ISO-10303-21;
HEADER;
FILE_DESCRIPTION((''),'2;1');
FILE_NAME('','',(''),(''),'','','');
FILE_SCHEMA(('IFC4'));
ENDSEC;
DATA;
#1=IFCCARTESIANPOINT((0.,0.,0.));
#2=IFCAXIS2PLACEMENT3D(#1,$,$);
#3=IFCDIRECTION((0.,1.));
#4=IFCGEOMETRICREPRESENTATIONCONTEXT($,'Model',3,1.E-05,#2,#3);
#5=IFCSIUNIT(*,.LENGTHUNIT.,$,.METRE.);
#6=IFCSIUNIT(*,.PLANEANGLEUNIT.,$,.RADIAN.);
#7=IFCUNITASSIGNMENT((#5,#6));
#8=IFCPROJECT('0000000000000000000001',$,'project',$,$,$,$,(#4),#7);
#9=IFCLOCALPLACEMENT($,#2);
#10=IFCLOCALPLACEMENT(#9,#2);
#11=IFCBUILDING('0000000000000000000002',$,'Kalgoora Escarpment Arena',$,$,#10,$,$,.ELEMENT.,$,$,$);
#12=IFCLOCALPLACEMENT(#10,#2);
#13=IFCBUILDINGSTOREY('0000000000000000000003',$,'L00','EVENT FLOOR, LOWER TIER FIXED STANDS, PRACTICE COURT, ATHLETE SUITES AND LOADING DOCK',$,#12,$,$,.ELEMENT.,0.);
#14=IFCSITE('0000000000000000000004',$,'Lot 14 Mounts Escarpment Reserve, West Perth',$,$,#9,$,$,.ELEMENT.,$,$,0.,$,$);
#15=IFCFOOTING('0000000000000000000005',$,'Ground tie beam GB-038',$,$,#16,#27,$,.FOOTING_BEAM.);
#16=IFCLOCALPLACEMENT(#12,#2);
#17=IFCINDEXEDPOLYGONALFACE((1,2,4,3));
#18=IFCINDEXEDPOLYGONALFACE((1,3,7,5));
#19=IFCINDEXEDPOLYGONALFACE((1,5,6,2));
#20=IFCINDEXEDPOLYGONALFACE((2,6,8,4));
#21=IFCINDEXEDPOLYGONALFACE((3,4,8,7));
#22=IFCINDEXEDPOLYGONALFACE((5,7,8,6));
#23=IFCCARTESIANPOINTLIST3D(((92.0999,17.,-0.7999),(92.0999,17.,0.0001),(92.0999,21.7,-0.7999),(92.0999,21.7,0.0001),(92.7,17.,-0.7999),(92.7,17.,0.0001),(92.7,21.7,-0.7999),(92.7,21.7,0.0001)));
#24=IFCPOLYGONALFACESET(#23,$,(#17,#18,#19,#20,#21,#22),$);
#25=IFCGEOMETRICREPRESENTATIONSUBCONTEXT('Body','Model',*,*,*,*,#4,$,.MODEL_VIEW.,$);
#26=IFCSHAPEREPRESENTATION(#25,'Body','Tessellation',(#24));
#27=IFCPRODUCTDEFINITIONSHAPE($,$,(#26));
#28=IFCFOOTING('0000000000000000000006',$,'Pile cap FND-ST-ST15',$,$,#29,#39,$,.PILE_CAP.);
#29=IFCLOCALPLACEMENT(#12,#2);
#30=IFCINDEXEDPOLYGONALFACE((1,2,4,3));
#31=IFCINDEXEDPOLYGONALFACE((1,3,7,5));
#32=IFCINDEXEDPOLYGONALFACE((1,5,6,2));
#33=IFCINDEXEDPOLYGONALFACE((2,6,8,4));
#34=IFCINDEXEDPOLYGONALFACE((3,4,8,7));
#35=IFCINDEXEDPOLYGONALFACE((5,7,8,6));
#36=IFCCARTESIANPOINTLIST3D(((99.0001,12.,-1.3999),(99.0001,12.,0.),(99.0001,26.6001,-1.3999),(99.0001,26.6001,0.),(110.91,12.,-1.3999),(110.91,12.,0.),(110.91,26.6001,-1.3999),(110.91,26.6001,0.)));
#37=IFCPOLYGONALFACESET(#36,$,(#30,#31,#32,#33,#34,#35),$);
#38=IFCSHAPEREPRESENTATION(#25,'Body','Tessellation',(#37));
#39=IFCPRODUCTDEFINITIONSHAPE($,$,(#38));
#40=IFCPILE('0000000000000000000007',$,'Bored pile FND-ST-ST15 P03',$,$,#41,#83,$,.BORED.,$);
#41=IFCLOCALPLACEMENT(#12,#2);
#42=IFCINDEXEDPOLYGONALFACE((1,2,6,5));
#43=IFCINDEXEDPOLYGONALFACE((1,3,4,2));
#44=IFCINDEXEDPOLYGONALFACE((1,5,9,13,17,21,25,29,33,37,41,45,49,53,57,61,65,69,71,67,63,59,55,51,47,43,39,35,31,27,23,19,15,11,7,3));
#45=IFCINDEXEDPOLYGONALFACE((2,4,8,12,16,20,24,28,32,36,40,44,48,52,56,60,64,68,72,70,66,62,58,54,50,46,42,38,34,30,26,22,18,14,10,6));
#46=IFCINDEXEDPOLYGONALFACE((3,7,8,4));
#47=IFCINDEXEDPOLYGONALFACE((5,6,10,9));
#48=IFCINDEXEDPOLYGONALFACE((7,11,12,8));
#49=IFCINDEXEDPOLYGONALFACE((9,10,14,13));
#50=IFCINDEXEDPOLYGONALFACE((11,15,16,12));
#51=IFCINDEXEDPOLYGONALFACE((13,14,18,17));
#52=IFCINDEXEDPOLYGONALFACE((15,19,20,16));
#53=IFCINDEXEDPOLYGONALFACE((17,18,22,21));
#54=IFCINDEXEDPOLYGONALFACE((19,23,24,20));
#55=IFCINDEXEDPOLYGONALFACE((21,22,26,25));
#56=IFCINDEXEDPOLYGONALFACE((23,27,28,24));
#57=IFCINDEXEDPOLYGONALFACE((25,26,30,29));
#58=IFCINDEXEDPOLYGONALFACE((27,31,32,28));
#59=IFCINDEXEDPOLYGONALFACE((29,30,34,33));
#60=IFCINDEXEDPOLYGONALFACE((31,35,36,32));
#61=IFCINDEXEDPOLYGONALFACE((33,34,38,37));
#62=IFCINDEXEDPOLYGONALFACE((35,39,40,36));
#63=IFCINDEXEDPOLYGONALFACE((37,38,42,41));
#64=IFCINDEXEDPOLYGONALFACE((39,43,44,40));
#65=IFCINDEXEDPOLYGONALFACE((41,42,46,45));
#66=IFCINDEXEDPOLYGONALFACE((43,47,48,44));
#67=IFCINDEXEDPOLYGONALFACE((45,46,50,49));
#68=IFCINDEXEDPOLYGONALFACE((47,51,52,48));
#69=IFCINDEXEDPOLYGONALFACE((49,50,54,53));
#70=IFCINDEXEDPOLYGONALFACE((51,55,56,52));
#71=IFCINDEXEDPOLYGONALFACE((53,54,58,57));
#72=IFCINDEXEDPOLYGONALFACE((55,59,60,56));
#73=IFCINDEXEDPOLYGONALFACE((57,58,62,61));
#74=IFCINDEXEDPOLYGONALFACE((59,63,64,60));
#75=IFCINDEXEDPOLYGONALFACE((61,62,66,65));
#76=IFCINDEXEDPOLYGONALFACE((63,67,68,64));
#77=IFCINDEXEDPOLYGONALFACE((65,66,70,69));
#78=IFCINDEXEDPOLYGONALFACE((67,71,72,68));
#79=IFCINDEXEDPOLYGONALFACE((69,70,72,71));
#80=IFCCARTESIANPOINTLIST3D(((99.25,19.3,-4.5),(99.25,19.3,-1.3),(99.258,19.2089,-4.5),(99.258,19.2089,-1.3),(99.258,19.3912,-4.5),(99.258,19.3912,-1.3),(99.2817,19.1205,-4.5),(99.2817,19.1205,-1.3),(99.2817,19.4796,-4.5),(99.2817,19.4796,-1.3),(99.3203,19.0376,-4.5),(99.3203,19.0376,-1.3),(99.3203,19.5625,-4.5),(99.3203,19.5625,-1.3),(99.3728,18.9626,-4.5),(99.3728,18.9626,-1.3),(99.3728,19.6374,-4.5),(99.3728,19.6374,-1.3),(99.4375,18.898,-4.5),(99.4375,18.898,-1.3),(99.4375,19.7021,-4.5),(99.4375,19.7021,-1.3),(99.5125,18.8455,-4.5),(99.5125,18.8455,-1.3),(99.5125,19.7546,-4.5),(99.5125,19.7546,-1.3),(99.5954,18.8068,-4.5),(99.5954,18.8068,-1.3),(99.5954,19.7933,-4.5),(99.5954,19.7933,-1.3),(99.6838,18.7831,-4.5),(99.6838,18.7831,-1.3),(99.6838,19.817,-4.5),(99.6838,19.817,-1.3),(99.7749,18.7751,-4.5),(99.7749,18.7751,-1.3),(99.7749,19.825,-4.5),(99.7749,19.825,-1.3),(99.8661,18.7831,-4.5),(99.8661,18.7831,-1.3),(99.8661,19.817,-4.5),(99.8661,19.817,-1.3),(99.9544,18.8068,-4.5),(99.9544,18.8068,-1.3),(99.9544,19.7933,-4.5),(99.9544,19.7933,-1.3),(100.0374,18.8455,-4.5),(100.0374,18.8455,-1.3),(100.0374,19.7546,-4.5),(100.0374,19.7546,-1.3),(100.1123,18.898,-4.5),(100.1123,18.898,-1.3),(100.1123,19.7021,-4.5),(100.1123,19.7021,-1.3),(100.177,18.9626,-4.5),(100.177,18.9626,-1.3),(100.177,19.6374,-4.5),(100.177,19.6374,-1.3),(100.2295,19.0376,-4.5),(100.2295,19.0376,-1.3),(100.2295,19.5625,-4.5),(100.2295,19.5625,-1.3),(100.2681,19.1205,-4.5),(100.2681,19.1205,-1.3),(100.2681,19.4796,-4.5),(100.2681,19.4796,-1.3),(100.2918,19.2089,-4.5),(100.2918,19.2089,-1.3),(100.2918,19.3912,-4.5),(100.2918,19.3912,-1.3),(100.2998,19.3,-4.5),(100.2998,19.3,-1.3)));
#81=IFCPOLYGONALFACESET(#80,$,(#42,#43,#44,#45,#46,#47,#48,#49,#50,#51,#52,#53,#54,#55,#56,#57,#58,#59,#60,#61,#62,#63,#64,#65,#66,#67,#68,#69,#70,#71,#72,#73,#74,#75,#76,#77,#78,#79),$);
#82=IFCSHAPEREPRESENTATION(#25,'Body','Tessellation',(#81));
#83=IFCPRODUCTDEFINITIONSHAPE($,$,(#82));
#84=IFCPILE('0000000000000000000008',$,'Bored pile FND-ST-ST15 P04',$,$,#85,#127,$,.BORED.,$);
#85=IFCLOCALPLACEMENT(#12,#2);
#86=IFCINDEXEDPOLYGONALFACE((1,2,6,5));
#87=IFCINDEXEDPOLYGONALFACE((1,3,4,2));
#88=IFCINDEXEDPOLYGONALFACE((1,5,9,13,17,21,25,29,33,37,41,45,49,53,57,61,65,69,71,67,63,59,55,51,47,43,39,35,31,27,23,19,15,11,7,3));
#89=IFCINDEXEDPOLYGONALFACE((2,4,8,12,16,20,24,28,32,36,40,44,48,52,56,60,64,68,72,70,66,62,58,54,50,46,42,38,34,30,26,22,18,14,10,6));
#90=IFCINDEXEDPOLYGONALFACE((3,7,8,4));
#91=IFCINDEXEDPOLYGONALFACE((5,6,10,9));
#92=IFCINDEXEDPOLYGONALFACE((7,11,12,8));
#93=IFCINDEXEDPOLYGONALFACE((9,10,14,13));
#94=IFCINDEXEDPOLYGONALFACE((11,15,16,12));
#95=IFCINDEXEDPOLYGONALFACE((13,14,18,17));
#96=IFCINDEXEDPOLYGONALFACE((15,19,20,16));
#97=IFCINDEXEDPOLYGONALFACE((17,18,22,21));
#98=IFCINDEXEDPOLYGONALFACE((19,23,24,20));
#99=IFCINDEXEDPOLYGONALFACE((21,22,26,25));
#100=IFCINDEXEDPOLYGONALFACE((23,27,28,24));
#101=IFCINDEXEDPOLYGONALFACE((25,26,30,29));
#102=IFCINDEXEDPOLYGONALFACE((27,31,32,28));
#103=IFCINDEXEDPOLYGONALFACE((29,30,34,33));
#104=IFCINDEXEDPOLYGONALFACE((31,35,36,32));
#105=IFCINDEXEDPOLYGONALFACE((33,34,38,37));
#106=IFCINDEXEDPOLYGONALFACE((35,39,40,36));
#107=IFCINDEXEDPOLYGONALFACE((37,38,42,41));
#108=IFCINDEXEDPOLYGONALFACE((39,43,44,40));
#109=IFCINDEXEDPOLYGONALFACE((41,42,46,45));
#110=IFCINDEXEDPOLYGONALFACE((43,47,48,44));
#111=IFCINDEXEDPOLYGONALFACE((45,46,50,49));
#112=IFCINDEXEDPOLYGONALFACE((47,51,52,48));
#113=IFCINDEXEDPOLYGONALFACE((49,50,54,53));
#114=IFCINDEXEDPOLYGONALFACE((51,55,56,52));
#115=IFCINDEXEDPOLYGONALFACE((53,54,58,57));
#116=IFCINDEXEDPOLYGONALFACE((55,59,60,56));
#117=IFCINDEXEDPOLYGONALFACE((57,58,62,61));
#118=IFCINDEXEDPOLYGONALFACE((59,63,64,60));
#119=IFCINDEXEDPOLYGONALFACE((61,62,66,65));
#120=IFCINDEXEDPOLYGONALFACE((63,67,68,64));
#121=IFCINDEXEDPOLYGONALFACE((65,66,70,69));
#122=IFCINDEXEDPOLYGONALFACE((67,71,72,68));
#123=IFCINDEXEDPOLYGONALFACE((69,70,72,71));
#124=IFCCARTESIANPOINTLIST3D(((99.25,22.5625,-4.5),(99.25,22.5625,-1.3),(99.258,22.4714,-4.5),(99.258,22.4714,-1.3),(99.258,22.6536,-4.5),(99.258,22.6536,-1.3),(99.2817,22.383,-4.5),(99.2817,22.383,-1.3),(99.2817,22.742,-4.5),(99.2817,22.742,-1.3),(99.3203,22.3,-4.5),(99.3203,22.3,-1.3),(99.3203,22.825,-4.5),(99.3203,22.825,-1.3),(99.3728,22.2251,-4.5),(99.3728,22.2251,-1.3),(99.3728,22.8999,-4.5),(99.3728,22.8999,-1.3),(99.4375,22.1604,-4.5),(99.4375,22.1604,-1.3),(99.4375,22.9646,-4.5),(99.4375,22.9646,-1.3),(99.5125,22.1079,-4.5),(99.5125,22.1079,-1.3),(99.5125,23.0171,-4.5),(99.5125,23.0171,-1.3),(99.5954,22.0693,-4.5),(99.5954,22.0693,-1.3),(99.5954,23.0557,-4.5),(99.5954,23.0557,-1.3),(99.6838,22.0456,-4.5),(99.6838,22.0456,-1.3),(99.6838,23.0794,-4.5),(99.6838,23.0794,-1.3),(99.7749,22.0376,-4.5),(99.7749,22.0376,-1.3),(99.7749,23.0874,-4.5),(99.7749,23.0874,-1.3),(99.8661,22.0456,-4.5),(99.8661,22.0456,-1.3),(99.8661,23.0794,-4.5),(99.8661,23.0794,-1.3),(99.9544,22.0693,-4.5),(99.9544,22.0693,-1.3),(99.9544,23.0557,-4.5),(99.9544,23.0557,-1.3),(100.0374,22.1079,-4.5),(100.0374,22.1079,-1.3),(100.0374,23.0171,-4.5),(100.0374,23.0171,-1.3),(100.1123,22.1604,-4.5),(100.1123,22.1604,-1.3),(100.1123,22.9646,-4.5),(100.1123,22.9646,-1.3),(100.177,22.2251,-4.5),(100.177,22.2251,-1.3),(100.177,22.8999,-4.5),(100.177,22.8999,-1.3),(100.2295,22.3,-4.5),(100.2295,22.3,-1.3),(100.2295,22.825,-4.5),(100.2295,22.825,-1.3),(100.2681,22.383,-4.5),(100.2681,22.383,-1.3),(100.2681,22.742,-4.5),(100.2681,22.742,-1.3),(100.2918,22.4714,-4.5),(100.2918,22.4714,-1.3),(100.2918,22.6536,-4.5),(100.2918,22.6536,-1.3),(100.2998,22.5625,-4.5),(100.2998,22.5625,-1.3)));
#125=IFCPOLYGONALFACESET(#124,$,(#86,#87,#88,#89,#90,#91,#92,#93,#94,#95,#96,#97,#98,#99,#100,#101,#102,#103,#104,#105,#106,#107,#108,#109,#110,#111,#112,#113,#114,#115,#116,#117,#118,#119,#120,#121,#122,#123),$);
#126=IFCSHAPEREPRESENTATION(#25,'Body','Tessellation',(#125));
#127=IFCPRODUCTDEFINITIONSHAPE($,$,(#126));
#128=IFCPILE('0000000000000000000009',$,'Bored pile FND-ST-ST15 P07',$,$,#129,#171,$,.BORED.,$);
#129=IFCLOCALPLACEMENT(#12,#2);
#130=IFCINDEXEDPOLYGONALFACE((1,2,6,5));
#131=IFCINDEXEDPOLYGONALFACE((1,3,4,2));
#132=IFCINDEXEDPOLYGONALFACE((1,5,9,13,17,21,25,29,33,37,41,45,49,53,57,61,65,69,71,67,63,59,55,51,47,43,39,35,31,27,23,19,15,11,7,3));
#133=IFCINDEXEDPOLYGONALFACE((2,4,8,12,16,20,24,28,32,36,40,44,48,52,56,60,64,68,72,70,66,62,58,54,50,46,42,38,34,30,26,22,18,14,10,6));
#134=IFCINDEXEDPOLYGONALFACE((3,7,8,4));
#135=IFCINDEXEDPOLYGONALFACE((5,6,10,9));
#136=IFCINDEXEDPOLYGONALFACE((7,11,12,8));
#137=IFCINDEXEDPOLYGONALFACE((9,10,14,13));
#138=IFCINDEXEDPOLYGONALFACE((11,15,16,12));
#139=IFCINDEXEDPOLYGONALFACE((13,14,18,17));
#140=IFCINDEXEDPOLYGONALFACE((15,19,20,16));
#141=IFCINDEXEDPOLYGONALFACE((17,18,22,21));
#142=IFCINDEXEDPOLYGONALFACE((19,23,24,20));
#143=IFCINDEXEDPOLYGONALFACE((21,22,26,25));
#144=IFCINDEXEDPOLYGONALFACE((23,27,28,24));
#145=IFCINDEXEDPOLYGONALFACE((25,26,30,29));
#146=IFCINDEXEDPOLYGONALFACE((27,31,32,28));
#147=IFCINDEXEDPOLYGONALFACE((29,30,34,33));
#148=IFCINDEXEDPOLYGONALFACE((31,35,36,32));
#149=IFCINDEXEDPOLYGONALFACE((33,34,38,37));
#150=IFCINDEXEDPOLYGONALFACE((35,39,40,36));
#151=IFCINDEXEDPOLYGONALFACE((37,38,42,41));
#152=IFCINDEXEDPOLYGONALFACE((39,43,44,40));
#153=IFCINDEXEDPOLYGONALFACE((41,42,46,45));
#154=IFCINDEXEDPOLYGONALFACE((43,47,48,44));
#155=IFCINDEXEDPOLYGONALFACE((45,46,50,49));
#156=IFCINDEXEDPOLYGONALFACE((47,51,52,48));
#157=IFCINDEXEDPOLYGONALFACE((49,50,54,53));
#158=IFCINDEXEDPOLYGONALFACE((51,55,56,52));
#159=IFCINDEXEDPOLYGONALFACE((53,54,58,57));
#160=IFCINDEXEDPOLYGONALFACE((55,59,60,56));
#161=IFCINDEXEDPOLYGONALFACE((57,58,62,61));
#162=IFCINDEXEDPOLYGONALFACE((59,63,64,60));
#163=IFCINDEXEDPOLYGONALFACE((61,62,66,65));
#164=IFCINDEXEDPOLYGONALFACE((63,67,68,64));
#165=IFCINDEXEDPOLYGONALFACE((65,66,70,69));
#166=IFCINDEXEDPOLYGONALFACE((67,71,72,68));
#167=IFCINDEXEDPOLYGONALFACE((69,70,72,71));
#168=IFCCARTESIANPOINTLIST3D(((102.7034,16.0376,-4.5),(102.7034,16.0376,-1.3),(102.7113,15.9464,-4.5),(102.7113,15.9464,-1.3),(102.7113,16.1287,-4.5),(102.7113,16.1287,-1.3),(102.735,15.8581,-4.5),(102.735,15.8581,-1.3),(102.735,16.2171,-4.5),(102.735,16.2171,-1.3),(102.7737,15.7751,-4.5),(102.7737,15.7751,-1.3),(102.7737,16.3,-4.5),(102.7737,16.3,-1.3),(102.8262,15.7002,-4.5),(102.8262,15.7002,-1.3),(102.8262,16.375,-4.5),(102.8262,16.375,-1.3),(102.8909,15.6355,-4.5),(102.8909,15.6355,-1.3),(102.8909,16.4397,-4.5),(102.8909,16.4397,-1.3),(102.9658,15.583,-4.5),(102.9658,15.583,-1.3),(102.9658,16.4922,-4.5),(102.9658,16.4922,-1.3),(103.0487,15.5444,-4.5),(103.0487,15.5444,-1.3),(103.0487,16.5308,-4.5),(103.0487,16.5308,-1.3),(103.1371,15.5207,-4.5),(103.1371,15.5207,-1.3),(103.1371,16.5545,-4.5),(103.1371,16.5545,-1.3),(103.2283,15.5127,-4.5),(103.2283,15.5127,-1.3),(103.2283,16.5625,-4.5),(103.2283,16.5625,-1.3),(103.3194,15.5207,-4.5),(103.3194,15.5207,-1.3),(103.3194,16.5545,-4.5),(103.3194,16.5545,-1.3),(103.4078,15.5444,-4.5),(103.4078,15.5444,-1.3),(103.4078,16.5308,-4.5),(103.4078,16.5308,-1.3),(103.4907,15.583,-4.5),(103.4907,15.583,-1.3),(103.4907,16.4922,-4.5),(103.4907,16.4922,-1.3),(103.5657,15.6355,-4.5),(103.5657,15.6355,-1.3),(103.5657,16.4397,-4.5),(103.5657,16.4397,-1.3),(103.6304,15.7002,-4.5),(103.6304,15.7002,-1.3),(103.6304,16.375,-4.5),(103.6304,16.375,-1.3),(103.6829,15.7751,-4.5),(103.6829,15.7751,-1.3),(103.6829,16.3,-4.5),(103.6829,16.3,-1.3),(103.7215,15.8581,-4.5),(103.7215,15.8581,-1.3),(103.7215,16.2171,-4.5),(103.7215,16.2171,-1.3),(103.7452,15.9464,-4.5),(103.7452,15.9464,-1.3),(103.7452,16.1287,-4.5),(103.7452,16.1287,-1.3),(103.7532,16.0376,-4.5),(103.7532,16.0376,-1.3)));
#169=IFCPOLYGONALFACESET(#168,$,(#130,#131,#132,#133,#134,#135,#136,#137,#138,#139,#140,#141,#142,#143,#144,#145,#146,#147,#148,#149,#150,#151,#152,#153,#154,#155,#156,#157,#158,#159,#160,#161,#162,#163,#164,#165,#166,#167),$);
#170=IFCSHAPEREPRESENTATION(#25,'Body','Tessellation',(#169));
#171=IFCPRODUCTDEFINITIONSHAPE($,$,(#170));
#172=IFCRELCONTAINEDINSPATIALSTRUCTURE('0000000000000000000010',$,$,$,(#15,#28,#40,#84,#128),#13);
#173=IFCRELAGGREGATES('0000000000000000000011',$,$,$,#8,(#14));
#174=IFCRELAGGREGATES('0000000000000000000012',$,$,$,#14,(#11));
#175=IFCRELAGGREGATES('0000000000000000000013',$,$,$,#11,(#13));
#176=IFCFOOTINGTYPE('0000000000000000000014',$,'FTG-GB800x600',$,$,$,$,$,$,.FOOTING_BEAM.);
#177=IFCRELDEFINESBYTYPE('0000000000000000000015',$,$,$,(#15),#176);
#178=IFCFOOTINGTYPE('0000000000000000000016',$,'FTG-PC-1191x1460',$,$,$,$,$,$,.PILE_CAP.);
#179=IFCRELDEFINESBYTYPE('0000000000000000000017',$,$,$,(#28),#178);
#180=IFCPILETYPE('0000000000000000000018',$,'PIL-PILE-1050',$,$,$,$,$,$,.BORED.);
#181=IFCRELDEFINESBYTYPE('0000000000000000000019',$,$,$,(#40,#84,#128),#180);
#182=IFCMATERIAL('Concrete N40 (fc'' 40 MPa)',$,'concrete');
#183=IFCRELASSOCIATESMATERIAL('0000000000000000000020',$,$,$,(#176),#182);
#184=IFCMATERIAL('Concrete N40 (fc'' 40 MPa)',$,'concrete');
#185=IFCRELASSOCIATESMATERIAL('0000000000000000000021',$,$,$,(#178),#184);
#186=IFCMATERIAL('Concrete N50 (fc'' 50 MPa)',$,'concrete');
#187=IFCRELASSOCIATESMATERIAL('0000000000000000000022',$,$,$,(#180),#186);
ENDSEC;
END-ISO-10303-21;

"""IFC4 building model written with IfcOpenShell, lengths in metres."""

from ifc_helpers import new_model, si_unit, direction, frame, origin, origin_2d, place, context, subcontext, project, spatial, rectangle, circle, extrude, material, material_profile, profile_set, type_object, element, save


model = new_model("IFC4")

# Units and contexts
model_context = context("Model", 3, precision=1e-05, world=origin(), true_north=direction((0.0, 1.0)))
body_context = subcontext(model_context, "Body", "Model", "MODEL_VIEW")
ifc_project = project(units=[si_unit("LENGTHUNIT", "METRE"), si_unit("PLANEANGLEUNIT", "RADIAN")], contexts=[model_context])

# Site, building, storey
site_placement = place(None, origin())
site = spatial("IfcSite", under=ifc_project, at=site_placement, Name="Lot 14 Mounts Escarpment Reserve, West Perth", CompositionType="ELEMENT", RefElevation=0.0)
building_placement = place(site_placement, origin())
building = spatial("IfcBuilding", under=site, at=building_placement, Name="Kalgoora Escarpment Arena", CompositionType="ELEMENT")
storey_placement = place(building_placement, origin())
storey = spatial("IfcBuildingStorey", under=building, at=storey_placement, Name="L00", Description="EVENT FLOOR, LOWER TIER FIXED STANDS, PRACTICE COURT, ATHLETE SUITES AND LOADING DOCK", CompositionType="ELEMENT", Elevation=0.0)

# Footings
ifc_material_1 = material(Name="Concrete N40 (fc' 40 MPa)", Category="concrete")
ifc_material_profile_1 = material_profile(ifc_material_1, rectangle(XDim=0.6001, YDim=0.8, at=origin_2d()))
ifc_profile_set_1 = profile_set([ifc_material_profile_1], Name="Concrete N40 (fc' 40 MPa)")
footing_type_1 = type_object("IfcFootingType", Name="FTG-GB800x600", PredefinedType="FOOTING_BEAM", material=ifc_profile_set_1)
footing_1_placement = place(storey_placement, frame((92.3999, 17.0, -0.3999), z_axis=(0.0, 1.0, 0.0), x_axis=(-1.0, 0.0, 0.0)))
element("IfcFooting", 1, at=footing_1_placement, inside=storey, type_object=footing_type_1, Name="Ground tie beam GB-038", PredefinedType="FOOTING_BEAM", context=body_context, shape_type="SweptSolid", body=[
    extrude(rectangle(XDim=0.6001, YDim=0.8, at=origin_2d()), origin(), (0.0, 0.0, 1.0), 4.7),
])
ifc_material_2 = material(Name="Concrete N40 (fc' 40 MPa)", Category="concrete")
footing_type_2 = type_object("IfcFootingType", Name="FTG-PC-1191x1460", PredefinedType="PILE_CAP", material=ifc_material_2)
footing_2_placement = place(storey_placement, frame((104.9551, 19.3, -1.3999), z_axis=(0.0, 0.0, 1.0), x_axis=(1.0, 0.0, 0.0)))
element("IfcFooting", 2, at=footing_2_placement, inside=storey, type_object=footing_type_2, Name="Pile cap FND-ST-ST15", PredefinedType="PILE_CAP", context=body_context, shape_type="SweptSolid", body=[
    extrude(rectangle(XDim=11.9099, YDim=14.6001, at=origin_2d()), origin(), (0.0, 0.0, 1.0), 1.3999),
])

# Piles
ifc_material_3 = material(Name="Concrete N50 (fc' 50 MPa)", Category="concrete")
ifc_material_profile_2 = material_profile(ifc_material_3, circle(Radius=0.5249, at=origin_2d()))
ifc_profile_set_2 = profile_set([ifc_material_profile_2], Name="Concrete N50 (fc' 50 MPa)")
pile_type_1 = type_object("IfcPileType", Name="PIL-PILE-1050", PredefinedType="BORED", material=ifc_profile_set_2)
for number, where, z_axis, x_axis, name in (
    (3, (99.7749, 19.3, -1.3), (0.0, 0.0, -1.0), (1.0, 0.0, 0.0), "Bored pile FND-ST-ST15 P03"),
    (4, (99.7749, 22.5625, -1.3), (0.0, 0.0, -1.0), (1.0, 0.0, 0.0), "Bored pile FND-ST-ST15 P04"),
    (5, (103.2283, 16.0376, -1.3), (0.0, 0.0, -1.0), (1.0, 0.0, 0.0), "Bored pile FND-ST-ST15 P07"),
):
    element("IfcPile", number, at=place(storey_placement, frame(where, z_axis=z_axis, x_axis=x_axis)), inside=storey, type_object=pile_type_1, Name=name, PredefinedType="BORED", context=body_context, shape_type="SweptSolid", body=[
        extrude(circle(Radius=0.5249, at=origin_2d()), origin(), (0.0, 0.0, 1.0), 3.2),
    ])

save(model, "model.ifc")
